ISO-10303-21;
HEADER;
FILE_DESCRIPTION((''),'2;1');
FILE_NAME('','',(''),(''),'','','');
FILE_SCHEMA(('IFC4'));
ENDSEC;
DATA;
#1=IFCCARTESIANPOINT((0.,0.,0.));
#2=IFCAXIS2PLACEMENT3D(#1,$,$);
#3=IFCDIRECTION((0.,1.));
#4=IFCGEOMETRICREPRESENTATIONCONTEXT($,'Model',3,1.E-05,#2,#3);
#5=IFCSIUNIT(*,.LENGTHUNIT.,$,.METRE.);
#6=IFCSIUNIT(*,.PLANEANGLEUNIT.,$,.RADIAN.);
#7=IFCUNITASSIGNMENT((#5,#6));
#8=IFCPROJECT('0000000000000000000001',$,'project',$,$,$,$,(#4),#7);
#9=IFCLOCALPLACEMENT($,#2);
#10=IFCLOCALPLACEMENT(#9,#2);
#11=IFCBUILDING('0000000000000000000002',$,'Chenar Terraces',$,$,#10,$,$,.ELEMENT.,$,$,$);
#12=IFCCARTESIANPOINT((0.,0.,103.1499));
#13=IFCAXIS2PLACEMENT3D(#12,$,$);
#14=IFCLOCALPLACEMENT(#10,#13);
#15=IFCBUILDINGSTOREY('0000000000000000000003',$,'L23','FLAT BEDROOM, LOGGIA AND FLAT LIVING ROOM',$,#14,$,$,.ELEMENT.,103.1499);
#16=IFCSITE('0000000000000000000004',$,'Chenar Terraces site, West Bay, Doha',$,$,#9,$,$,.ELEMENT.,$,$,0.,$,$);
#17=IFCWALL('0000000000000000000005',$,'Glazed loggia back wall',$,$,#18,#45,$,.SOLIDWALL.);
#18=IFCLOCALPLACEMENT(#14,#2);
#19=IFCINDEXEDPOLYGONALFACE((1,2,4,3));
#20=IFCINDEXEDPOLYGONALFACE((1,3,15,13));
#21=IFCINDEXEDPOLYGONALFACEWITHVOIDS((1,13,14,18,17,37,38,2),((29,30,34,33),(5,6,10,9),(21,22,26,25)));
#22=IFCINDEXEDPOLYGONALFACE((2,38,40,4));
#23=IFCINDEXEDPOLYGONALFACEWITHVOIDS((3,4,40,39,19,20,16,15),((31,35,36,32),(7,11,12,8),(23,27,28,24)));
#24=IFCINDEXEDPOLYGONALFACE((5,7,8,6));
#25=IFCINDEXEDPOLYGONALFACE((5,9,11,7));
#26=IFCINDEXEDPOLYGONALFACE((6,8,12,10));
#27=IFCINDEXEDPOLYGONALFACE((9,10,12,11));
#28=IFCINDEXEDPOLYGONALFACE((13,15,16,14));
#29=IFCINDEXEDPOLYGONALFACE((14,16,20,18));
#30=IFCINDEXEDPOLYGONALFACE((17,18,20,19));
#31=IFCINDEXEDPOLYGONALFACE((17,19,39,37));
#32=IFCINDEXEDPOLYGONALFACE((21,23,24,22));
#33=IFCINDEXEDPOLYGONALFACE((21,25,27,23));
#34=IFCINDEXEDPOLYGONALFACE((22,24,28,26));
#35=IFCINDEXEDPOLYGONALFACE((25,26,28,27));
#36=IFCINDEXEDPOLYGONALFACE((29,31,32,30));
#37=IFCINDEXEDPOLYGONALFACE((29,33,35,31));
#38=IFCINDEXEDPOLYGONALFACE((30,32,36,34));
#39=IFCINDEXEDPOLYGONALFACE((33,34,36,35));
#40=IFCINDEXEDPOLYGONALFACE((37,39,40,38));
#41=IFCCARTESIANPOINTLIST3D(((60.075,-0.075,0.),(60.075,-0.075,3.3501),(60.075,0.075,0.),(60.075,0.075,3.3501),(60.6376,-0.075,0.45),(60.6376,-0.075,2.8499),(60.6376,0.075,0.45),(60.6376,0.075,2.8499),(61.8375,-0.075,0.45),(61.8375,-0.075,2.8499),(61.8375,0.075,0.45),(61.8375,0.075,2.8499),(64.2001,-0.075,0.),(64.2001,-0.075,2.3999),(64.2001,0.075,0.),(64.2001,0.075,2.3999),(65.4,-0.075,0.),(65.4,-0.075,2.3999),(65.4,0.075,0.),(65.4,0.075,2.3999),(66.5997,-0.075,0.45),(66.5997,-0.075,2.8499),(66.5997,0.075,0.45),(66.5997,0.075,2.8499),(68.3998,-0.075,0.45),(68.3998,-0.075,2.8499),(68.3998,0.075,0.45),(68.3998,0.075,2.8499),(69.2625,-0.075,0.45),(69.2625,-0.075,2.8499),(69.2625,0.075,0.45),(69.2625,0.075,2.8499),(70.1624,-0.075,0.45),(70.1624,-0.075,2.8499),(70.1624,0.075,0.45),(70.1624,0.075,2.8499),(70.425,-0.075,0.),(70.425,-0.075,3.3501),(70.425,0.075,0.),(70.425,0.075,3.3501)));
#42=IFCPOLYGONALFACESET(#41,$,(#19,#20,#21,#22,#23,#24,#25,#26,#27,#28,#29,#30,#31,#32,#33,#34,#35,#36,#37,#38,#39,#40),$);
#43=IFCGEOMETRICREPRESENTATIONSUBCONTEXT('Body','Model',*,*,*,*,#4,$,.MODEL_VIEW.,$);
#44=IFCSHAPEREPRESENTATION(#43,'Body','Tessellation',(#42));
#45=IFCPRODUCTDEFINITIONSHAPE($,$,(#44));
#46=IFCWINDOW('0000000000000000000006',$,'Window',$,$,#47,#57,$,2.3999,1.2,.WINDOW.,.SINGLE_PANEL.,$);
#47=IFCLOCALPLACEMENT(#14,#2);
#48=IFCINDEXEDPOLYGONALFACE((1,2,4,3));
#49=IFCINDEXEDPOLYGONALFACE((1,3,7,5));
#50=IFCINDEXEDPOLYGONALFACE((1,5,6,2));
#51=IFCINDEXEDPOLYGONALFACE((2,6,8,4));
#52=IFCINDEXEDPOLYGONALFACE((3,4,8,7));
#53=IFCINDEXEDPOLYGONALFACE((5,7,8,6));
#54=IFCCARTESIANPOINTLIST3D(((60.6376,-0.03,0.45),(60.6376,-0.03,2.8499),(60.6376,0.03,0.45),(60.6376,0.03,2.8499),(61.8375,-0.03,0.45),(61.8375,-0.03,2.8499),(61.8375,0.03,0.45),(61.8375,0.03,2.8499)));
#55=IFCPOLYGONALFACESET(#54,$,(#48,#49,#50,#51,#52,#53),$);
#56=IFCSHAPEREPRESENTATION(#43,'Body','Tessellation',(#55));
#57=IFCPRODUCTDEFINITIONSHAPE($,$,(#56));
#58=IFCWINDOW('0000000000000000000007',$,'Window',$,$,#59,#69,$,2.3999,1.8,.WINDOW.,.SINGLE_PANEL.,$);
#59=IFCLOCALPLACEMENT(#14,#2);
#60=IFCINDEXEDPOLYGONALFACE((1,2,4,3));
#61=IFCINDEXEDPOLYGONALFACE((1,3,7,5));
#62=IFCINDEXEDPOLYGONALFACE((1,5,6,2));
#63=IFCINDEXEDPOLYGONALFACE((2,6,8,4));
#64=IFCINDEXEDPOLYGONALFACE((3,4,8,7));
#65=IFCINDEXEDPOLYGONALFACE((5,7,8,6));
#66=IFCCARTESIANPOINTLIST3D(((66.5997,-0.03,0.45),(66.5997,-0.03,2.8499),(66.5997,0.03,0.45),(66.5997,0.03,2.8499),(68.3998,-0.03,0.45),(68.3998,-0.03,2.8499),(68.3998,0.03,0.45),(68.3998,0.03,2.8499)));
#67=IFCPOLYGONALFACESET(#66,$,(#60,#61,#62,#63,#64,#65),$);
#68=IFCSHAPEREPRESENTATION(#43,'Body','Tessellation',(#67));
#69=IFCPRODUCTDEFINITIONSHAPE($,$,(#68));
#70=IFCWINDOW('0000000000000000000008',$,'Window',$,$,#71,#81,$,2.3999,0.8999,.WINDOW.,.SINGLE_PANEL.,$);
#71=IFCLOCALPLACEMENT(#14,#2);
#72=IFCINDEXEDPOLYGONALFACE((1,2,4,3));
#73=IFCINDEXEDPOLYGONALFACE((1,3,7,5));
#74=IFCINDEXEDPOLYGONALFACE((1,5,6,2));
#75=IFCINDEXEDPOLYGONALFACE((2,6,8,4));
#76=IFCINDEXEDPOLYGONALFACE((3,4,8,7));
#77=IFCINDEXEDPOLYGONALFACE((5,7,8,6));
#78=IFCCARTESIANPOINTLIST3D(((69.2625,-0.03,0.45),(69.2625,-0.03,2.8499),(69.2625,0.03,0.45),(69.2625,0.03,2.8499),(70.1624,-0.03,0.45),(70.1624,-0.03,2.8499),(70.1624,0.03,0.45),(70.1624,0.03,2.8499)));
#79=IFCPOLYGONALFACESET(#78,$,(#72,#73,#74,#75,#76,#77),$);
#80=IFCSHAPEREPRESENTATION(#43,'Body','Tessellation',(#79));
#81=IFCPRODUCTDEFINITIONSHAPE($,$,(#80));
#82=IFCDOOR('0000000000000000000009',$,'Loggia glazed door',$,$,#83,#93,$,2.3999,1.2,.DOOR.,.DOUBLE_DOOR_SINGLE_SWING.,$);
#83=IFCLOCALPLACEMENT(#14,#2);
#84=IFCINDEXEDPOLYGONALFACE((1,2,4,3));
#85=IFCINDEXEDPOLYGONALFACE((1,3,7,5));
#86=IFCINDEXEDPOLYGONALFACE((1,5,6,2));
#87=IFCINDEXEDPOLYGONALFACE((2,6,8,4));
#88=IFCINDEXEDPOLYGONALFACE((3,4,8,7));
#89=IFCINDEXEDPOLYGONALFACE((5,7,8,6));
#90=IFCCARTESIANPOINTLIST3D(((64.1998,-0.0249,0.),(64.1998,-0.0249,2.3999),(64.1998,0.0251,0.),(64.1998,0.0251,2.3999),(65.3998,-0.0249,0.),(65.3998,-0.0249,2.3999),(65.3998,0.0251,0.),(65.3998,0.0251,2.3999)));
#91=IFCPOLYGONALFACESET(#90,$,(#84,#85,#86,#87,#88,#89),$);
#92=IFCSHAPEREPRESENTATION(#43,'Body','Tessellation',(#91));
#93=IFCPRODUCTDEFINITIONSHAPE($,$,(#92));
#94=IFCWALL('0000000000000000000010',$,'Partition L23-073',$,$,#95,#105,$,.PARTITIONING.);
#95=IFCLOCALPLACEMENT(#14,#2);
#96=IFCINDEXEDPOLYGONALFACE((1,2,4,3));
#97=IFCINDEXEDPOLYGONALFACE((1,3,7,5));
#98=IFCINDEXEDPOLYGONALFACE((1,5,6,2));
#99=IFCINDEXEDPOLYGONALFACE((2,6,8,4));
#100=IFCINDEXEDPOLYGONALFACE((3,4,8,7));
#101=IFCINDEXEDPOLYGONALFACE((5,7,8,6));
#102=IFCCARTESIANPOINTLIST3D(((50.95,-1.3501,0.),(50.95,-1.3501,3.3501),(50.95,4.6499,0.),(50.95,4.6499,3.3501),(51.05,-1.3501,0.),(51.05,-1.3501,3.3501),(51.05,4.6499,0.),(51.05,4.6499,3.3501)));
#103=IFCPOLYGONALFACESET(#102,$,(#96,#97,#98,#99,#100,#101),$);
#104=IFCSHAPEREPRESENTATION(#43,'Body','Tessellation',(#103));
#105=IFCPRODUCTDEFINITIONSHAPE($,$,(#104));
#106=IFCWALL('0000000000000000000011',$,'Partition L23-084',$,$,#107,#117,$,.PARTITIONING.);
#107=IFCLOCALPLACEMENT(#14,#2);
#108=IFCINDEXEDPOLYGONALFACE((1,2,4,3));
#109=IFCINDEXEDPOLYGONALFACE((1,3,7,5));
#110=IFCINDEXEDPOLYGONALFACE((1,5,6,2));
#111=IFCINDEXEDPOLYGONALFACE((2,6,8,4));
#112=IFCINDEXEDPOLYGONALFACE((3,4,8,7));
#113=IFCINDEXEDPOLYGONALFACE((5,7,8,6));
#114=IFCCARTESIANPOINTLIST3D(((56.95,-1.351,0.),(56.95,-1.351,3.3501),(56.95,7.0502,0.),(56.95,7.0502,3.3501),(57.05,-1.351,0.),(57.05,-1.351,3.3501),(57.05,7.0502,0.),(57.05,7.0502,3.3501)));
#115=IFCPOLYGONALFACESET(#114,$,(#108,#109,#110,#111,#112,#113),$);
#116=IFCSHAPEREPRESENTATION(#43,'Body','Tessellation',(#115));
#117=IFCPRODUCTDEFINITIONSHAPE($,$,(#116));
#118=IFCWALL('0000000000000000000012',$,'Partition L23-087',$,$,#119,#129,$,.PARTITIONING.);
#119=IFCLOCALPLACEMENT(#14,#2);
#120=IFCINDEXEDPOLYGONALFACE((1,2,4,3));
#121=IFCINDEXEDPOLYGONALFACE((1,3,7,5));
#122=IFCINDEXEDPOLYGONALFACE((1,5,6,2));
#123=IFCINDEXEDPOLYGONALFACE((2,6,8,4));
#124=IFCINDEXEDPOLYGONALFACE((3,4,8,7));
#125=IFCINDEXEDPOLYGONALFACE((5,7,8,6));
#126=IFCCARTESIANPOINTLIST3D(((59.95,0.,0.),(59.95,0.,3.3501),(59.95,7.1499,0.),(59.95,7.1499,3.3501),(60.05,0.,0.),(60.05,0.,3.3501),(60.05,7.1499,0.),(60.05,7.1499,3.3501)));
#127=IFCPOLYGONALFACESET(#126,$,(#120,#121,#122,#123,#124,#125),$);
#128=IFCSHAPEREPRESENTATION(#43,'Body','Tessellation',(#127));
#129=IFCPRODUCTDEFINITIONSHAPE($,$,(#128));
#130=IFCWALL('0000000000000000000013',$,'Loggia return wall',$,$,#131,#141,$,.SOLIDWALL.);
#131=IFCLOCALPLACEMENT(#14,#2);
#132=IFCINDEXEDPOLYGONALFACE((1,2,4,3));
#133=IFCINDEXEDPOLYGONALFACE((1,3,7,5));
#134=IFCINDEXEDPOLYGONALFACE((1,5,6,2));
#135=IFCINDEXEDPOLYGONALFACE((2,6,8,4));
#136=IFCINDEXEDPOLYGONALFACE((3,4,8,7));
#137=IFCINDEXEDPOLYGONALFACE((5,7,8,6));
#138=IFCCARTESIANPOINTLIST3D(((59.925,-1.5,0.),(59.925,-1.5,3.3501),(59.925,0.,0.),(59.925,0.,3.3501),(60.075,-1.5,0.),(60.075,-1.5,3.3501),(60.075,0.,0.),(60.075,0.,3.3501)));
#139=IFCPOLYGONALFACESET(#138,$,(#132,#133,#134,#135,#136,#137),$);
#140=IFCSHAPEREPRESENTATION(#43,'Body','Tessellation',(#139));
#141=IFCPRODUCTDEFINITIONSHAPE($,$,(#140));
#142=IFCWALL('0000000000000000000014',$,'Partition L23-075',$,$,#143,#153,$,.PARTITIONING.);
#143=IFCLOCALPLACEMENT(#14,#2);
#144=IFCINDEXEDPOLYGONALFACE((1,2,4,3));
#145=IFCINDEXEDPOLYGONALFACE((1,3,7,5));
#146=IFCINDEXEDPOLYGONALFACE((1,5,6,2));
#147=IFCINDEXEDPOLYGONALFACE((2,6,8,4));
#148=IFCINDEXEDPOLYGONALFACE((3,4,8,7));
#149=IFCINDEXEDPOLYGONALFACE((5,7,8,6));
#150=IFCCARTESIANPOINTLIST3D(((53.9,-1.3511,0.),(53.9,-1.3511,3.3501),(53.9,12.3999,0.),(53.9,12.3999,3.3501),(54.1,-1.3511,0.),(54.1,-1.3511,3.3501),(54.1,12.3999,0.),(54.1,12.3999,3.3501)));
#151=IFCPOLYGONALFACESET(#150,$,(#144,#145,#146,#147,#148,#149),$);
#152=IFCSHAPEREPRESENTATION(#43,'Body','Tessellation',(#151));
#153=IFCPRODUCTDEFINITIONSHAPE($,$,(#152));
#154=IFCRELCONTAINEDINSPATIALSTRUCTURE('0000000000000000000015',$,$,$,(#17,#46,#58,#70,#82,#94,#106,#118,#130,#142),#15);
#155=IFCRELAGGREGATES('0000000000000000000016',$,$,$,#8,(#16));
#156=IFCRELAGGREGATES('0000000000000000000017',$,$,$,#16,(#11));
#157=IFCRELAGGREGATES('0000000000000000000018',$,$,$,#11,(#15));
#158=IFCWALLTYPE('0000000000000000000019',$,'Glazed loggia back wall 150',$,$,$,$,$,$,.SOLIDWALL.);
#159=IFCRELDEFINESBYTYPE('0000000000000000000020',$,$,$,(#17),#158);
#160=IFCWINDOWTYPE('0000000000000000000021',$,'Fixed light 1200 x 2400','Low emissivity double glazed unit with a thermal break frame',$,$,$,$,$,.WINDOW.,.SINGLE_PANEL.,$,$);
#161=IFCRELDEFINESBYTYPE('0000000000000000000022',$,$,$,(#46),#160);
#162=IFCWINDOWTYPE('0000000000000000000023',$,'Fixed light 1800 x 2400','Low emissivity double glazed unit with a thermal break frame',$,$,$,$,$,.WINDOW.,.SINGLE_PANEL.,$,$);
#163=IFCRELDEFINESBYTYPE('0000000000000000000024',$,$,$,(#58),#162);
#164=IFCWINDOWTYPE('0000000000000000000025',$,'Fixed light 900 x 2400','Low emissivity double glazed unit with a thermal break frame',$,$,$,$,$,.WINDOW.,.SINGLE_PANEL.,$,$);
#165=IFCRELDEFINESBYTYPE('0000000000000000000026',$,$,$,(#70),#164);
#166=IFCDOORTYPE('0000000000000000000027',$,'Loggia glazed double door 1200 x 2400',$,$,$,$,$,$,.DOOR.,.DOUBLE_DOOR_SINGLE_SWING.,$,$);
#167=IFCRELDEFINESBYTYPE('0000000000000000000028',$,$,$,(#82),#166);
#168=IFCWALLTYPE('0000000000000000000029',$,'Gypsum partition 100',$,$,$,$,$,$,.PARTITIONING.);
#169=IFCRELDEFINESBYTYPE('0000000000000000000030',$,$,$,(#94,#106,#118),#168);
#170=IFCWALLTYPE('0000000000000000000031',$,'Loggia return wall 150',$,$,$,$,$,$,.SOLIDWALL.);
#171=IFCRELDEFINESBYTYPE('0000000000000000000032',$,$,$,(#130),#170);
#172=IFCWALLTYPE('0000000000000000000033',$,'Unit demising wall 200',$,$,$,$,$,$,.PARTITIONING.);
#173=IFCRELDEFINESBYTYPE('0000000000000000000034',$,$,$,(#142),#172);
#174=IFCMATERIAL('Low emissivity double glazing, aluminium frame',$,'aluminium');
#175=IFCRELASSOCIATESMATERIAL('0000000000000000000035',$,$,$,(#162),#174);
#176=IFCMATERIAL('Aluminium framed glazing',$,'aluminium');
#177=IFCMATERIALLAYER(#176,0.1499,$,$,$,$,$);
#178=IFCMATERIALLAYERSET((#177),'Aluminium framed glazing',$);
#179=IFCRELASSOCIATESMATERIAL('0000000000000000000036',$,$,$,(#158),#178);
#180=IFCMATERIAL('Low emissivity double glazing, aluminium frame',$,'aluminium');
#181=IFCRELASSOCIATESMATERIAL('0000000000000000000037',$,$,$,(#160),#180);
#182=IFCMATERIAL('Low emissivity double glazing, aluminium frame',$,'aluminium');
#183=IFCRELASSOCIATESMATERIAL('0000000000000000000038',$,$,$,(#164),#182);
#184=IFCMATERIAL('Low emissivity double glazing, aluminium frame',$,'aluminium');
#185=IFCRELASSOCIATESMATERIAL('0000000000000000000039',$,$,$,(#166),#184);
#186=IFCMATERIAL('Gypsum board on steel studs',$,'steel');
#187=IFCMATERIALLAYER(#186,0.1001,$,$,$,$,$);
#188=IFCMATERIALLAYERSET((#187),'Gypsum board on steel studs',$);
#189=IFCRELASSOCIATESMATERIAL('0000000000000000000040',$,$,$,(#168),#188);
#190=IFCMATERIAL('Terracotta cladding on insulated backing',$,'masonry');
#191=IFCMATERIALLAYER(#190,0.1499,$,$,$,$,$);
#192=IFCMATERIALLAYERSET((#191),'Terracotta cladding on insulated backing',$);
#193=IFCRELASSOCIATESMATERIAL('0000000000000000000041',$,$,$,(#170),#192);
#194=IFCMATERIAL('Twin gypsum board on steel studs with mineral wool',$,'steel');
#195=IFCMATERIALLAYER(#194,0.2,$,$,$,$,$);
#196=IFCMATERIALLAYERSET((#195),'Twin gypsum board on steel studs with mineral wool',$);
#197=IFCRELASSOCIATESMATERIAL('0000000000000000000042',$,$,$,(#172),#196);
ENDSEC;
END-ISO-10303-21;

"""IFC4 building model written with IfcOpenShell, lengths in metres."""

from ifc_helpers import new_model, si_unit, direction, frame, frame_2d, origin, place, context, subcontext, project, spatial, rectangle, extrude, material, layer, layer_set, type_object, element, fill, save


model = new_model("IFC4")

# Units and contexts
model_context = context("Model", 3, precision=1e-05, world=origin(), true_north=direction((0.0, 1.0)))
body_context = subcontext(model_context, "Body", "Model", "MODEL_VIEW")
ifc_project = project(units=[si_unit("LENGTHUNIT", "METRE"), si_unit("PLANEANGLEUNIT", "RADIAN")], contexts=[model_context])

# Site, building, storey
site_placement = place(None, origin())
site = spatial("IfcSite", under=ifc_project, at=site_placement, Name="Chenar Terraces site, West Bay, Doha", CompositionType="ELEMENT", RefElevation=0.0)
building_placement = place(site_placement, origin())
building = spatial("IfcBuilding", under=site, at=building_placement, Name="Chenar Terraces", CompositionType="ELEMENT")
storey_placement = place(building_placement, frame((0.0, 0.0, 103.1499)))
storey = spatial("IfcBuildingStorey", under=building, at=storey_placement, Name="L23", Description="FLAT BEDROOM, LOGGIA AND FLAT LIVING ROOM", CompositionType="ELEMENT", Elevation=103.1499)

# Shared definitions
ifc_material_1 = material(Name="Low emissivity double glazing, aluminium frame", Category="aluminium")
window_type_1 = type_object("IfcWindowType", Name="Fixed light 1800 x 2400", Description="Low emissivity double glazed unit with a thermal break frame", PartitioningType="SINGLE_PANEL", PredefinedType="WINDOW", material=ifc_material_1)

# Wall, openings, windows, door
ifc_material_2 = material(Name="Aluminium framed glazing", Category="aluminium")
ifc_layer_1 = layer(ifc_material_2, 0.1499)
ifc_layer_set_1 = layer_set([ifc_layer_1], Name="Aluminium framed glazing")
wall_type_1 = type_object("IfcWallType", Name="Glazed loggia back wall 150", PredefinedType="SOLIDWALL", material=ifc_layer_set_1)
wall_1_placement = place(storey_placement, frame((60.075, 0.0, 0.0), z_axis=(0.0, 0.0, 1.0), x_axis=(1.0, 0.0, 0.0)))
wall_1 = element("IfcWall", 1, at=wall_1_placement, inside=storey, type_object=wall_type_1, Name="Glazed loggia back wall", PredefinedType="SOLIDWALL", context=body_context, shape_type="SweptSolid", body=[
    extrude(rectangle(XDim=10.3501, YDim=0.1499, at=frame_2d((5.175, 0.0))), origin(), (0.0, 0.0, 1.0), 3.3501),
])
opening_1_placement = place(wall_1_placement, frame((0.5625, 0.0, 0.45)))
opening_1 = element("IfcOpeningElement", 2, at=opening_1_placement, cuts=wall_1, PredefinedType="OPENING", context=body_context, shape_type="SweptSolid", body=[
    extrude(rectangle(XDim=1.2, YDim=2.3999, at=frame_2d((0.6001, 1.2))), frame((0.0, 0.085, 0.0), z_axis=(0.0, -1.0, 0.0), x_axis=(1.0, 0.0, 0.0)), (0.0, 0.0, 1.0), 0.1699),
])
opening_2_placement = place(wall_1_placement, frame((4.125, 0.0, 0.0)))
opening_2 = element("IfcOpeningElement", 3, at=opening_2_placement, cuts=wall_1, PredefinedType="OPENING", context=body_context, shape_type="SweptSolid", body=[
    extrude(rectangle(XDim=1.2, YDim=2.3999, at=frame_2d((0.6001, 1.2))), frame((0.0, 0.085, 0.0), z_axis=(0.0, -1.0, 0.0), x_axis=(1.0, 0.0, 0.0)), (0.0, 0.0, 1.0), 0.1699),
])
opening_3_placement = place(wall_1_placement, frame((6.5249, 0.0, 0.45)))
opening_3 = element("IfcOpeningElement", 4, at=opening_3_placement, cuts=wall_1, PredefinedType="OPENING", context=body_context, shape_type="SweptSolid", body=[
    extrude(rectangle(XDim=1.8, YDim=2.3999, at=frame_2d((0.8999, 1.2))), frame((0.0, 0.085, 0.0), z_axis=(0.0, -1.0, 0.0), x_axis=(1.0, 0.0, 0.0)), (0.0, 0.0, 1.0), 0.1699),
])
opening_4_placement = place(wall_1_placement, frame((9.1875, 0.0, 0.45)))
opening_4 = element("IfcOpeningElement", 5, at=opening_4_placement, cuts=wall_1, PredefinedType="OPENING", context=body_context, shape_type="SweptSolid", body=[
    extrude(rectangle(XDim=0.8999, YDim=2.3999, at=frame_2d((0.45, 1.2))), frame((0.0, 0.085, 0.0), z_axis=(0.0, -1.0, 0.0), x_axis=(1.0, 0.0, 0.0)), (0.0, 0.0, 1.0), 0.1699),
])
ifc_material_3 = material(Name="Low emissivity double glazing, aluminium frame", Category="aluminium")
window_type_2 = type_object("IfcWindowType", Name="Fixed light 1200 x 2400", Description="Low emissivity double glazed unit with a thermal break frame", PartitioningType="SINGLE_PANEL", PredefinedType="WINDOW", material=ifc_material_3)
window_1_placement = place(opening_1_placement, origin())
window_1 = element("IfcWindow", 6, at=window_1_placement, inside=storey, type_object=window_type_2, Name="Window", OverallHeight=2.3999, OverallWidth=1.2, PartitioningType="SINGLE_PANEL", PredefinedType="WINDOW", context=body_context, shape_type="SweptSolid", body=[
    extrude(rectangle(XDim=1.2, YDim=2.3999, at=frame_2d((0.6001, 1.2))), frame((0.0, 0.03, 0.0), z_axis=(0.0, -1.0, 0.0), x_axis=(1.0, 0.0, 0.0)), (0.0, 0.0, 1.0), 0.0601),
])
fill(opening_1, window_1)
window_2_placement = place(opening_3_placement, origin())
window_2 = element("IfcWindow", 7, at=window_2_placement, inside=storey, type_object=window_type_1, Name="Window", OverallHeight=2.3999, OverallWidth=1.8, PartitioningType="SINGLE_PANEL", PredefinedType="WINDOW", context=body_context, shape_type="SweptSolid", body=[
    extrude(rectangle(XDim=1.8, YDim=2.3999, at=frame_2d((0.8999, 1.2))), frame((0.0, 0.03, 0.0), z_axis=(0.0, -1.0, 0.0), x_axis=(1.0, 0.0, 0.0)), (0.0, 0.0, 1.0), 0.0601),
])
fill(opening_3, window_2)
ifc_material_4 = material(Name="Low emissivity double glazing, aluminium frame", Category="aluminium")
window_type_3 = type_object("IfcWindowType", Name="Fixed light 900 x 2400", Description="Low emissivity double glazed unit with a thermal break frame", PartitioningType="SINGLE_PANEL", PredefinedType="WINDOW", material=ifc_material_4)
window_3_placement = place(opening_4_placement, origin())
window_3 = element("IfcWindow", 8, at=window_3_placement, inside=storey, type_object=window_type_3, Name="Window", OverallHeight=2.3999, OverallWidth=0.8999, PartitioningType="SINGLE_PANEL", PredefinedType="WINDOW", context=body_context, shape_type="SweptSolid", body=[
    extrude(rectangle(XDim=0.8999, YDim=2.3999, at=frame_2d((0.45, 1.2))), frame((0.0, 0.03, 0.0), z_axis=(0.0, -1.0, 0.0), x_axis=(1.0, 0.0, 0.0)), (0.0, 0.0, 1.0), 0.0601),
])
fill(opening_4, window_3)
ifc_material_5 = material(Name="Low emissivity double glazing, aluminium frame", Category="aluminium")
door_type = type_object("IfcDoorType", Name="Loggia glazed double door 1200 x 2400", OperationType="DOUBLE_DOOR_SINGLE_SWING", PredefinedType="DOOR", material=ifc_material_5)
door_placement = place(opening_2_placement, frame((1.2, 0.0, 0.0), z_axis=(0.0, 0.0, 1.0), x_axis=(-1.0, 0.0, 0.0)))
door = element("IfcDoor", 9, at=door_placement, inside=storey, type_object=door_type, Name="Loggia glazed door", OperationType="DOUBLE_DOOR_SINGLE_SWING", OverallHeight=2.3999, OverallWidth=1.2, PredefinedType="DOOR", context=body_context, shape_type="SweptSolid", body=[
    extrude(rectangle(XDim=1.2, YDim=2.3999, at=frame_2d((0.6001, 1.2))), frame((0.0, 0.0249, 0.0), z_axis=(0.0, -1.0, 0.0), x_axis=(1.0, 0.0, 0.0)), (0.0, 0.0, 1.0), 0.05),
])
fill(opening_2, door)

# Walls
ifc_material_6 = material(Name="Gypsum board on steel studs", Category="steel")
ifc_layer_2 = layer(ifc_material_6, 0.1001)
ifc_layer_set_2 = layer_set([ifc_layer_2], Name="Gypsum board on steel studs")
wall_type_2 = type_object("IfcWallType", Name="Gypsum partition 100", PredefinedType="PARTITIONING", material=ifc_layer_set_2)
wall_2_placement = place(storey_placement, frame((51.0, -1.3501, 0.0), z_axis=(0.0, 0.0, 1.0), x_axis=(0.0, 1.0, 0.0)))
element("IfcWall", 10, at=wall_2_placement, inside=storey, type_object=wall_type_2, Name="Partition L23-073", PredefinedType="PARTITIONING", context=body_context, shape_type="SweptSolid", body=[
    extrude(rectangle(XDim=6.0, YDim=0.1001, at=frame_2d((3.0, 0.0))), origin(), (0.0, 0.0, 1.0), 3.3501),
])
wall_3_placement = place(storey_placement, frame((57.0, -1.3511, 0.0), z_axis=(0.0, 0.0, 1.0), x_axis=(0.0, 1.0, 0.0)))
element("IfcWall", 11, at=wall_3_placement, inside=storey, type_object=wall_type_2, Name="Partition L23-084", PredefinedType="PARTITIONING", context=body_context, shape_type="SweptSolid", body=[
    extrude(rectangle(XDim=8.4011, YDim=0.1001, at=frame_2d((4.2007, 0.0))), origin(), (0.0, 0.0, 1.0), 3.3501),
])
wall_4_placement = place(storey_placement, frame((60.0, 0.0, 0.0), z_axis=(0.0, 0.0, 1.0), x_axis=(0.0, 1.0, 0.0)))
element("IfcWall", 12, at=wall_4_placement, inside=storey, type_object=wall_type_2, Name="Partition L23-087", PredefinedType="PARTITIONING", context=body_context, shape_type="SweptSolid", body=[
    extrude(rectangle(XDim=7.1499, YDim=0.1001, at=frame_2d((3.575, 0.0))), origin(), (0.0, 0.0, 1.0), 3.3501),
])
ifc_material_7 = material(Name="Terracotta cladding on insulated backing", Category="masonry")
ifc_layer_3 = layer(ifc_material_7, 0.1499)
ifc_layer_set_3 = layer_set([ifc_layer_3], Name="Terracotta cladding on insulated backing")
wall_type_3 = type_object("IfcWallType", Name="Loggia return wall 150", PredefinedType="SOLIDWALL", material=ifc_layer_set_3)
wall_5_placement = place(storey_placement, frame((60.0, -1.5, 0.0), z_axis=(0.0, 0.0, 1.0), x_axis=(0.0, 1.0, 0.0)))
element("IfcWall", 13, at=wall_5_placement, inside=storey, type_object=wall_type_3, Name="Loggia return wall", PredefinedType="SOLIDWALL", context=body_context, shape_type="SweptSolid", body=[
    extrude(rectangle(XDim=1.5, YDim=0.1499, at=frame_2d((0.75, 0.0))), origin(), (0.0, 0.0, 1.0), 3.3501),
])
ifc_material_8 = material(Name="Twin gypsum board on steel studs with mineral wool", Category="steel")
ifc_layer_4 = layer(ifc_material_8, 0.2)
ifc_layer_set_4 = layer_set([ifc_layer_4], Name="Twin gypsum board on steel studs with mineral wool")
wall_type_4 = type_object("IfcWallType", Name="Unit demising wall 200", PredefinedType="PARTITIONING", material=ifc_layer_set_4)
wall_6_placement = place(storey_placement, frame((54.0, -1.3511, 0.0), z_axis=(0.0, 0.0, 1.0), x_axis=(0.0, 1.0, 0.0)))
element("IfcWall", 14, at=wall_6_placement, inside=storey, type_object=wall_type_4, Name="Partition L23-075", PredefinedType="PARTITIONING", context=body_context, shape_type="SweptSolid", body=[
    extrude(rectangle(XDim=13.751, YDim=0.2, at=frame_2d((6.8755, 0.0))), origin(), (0.0, 0.0, 1.0), 3.3501),
])

save(model, "model.ifc")
